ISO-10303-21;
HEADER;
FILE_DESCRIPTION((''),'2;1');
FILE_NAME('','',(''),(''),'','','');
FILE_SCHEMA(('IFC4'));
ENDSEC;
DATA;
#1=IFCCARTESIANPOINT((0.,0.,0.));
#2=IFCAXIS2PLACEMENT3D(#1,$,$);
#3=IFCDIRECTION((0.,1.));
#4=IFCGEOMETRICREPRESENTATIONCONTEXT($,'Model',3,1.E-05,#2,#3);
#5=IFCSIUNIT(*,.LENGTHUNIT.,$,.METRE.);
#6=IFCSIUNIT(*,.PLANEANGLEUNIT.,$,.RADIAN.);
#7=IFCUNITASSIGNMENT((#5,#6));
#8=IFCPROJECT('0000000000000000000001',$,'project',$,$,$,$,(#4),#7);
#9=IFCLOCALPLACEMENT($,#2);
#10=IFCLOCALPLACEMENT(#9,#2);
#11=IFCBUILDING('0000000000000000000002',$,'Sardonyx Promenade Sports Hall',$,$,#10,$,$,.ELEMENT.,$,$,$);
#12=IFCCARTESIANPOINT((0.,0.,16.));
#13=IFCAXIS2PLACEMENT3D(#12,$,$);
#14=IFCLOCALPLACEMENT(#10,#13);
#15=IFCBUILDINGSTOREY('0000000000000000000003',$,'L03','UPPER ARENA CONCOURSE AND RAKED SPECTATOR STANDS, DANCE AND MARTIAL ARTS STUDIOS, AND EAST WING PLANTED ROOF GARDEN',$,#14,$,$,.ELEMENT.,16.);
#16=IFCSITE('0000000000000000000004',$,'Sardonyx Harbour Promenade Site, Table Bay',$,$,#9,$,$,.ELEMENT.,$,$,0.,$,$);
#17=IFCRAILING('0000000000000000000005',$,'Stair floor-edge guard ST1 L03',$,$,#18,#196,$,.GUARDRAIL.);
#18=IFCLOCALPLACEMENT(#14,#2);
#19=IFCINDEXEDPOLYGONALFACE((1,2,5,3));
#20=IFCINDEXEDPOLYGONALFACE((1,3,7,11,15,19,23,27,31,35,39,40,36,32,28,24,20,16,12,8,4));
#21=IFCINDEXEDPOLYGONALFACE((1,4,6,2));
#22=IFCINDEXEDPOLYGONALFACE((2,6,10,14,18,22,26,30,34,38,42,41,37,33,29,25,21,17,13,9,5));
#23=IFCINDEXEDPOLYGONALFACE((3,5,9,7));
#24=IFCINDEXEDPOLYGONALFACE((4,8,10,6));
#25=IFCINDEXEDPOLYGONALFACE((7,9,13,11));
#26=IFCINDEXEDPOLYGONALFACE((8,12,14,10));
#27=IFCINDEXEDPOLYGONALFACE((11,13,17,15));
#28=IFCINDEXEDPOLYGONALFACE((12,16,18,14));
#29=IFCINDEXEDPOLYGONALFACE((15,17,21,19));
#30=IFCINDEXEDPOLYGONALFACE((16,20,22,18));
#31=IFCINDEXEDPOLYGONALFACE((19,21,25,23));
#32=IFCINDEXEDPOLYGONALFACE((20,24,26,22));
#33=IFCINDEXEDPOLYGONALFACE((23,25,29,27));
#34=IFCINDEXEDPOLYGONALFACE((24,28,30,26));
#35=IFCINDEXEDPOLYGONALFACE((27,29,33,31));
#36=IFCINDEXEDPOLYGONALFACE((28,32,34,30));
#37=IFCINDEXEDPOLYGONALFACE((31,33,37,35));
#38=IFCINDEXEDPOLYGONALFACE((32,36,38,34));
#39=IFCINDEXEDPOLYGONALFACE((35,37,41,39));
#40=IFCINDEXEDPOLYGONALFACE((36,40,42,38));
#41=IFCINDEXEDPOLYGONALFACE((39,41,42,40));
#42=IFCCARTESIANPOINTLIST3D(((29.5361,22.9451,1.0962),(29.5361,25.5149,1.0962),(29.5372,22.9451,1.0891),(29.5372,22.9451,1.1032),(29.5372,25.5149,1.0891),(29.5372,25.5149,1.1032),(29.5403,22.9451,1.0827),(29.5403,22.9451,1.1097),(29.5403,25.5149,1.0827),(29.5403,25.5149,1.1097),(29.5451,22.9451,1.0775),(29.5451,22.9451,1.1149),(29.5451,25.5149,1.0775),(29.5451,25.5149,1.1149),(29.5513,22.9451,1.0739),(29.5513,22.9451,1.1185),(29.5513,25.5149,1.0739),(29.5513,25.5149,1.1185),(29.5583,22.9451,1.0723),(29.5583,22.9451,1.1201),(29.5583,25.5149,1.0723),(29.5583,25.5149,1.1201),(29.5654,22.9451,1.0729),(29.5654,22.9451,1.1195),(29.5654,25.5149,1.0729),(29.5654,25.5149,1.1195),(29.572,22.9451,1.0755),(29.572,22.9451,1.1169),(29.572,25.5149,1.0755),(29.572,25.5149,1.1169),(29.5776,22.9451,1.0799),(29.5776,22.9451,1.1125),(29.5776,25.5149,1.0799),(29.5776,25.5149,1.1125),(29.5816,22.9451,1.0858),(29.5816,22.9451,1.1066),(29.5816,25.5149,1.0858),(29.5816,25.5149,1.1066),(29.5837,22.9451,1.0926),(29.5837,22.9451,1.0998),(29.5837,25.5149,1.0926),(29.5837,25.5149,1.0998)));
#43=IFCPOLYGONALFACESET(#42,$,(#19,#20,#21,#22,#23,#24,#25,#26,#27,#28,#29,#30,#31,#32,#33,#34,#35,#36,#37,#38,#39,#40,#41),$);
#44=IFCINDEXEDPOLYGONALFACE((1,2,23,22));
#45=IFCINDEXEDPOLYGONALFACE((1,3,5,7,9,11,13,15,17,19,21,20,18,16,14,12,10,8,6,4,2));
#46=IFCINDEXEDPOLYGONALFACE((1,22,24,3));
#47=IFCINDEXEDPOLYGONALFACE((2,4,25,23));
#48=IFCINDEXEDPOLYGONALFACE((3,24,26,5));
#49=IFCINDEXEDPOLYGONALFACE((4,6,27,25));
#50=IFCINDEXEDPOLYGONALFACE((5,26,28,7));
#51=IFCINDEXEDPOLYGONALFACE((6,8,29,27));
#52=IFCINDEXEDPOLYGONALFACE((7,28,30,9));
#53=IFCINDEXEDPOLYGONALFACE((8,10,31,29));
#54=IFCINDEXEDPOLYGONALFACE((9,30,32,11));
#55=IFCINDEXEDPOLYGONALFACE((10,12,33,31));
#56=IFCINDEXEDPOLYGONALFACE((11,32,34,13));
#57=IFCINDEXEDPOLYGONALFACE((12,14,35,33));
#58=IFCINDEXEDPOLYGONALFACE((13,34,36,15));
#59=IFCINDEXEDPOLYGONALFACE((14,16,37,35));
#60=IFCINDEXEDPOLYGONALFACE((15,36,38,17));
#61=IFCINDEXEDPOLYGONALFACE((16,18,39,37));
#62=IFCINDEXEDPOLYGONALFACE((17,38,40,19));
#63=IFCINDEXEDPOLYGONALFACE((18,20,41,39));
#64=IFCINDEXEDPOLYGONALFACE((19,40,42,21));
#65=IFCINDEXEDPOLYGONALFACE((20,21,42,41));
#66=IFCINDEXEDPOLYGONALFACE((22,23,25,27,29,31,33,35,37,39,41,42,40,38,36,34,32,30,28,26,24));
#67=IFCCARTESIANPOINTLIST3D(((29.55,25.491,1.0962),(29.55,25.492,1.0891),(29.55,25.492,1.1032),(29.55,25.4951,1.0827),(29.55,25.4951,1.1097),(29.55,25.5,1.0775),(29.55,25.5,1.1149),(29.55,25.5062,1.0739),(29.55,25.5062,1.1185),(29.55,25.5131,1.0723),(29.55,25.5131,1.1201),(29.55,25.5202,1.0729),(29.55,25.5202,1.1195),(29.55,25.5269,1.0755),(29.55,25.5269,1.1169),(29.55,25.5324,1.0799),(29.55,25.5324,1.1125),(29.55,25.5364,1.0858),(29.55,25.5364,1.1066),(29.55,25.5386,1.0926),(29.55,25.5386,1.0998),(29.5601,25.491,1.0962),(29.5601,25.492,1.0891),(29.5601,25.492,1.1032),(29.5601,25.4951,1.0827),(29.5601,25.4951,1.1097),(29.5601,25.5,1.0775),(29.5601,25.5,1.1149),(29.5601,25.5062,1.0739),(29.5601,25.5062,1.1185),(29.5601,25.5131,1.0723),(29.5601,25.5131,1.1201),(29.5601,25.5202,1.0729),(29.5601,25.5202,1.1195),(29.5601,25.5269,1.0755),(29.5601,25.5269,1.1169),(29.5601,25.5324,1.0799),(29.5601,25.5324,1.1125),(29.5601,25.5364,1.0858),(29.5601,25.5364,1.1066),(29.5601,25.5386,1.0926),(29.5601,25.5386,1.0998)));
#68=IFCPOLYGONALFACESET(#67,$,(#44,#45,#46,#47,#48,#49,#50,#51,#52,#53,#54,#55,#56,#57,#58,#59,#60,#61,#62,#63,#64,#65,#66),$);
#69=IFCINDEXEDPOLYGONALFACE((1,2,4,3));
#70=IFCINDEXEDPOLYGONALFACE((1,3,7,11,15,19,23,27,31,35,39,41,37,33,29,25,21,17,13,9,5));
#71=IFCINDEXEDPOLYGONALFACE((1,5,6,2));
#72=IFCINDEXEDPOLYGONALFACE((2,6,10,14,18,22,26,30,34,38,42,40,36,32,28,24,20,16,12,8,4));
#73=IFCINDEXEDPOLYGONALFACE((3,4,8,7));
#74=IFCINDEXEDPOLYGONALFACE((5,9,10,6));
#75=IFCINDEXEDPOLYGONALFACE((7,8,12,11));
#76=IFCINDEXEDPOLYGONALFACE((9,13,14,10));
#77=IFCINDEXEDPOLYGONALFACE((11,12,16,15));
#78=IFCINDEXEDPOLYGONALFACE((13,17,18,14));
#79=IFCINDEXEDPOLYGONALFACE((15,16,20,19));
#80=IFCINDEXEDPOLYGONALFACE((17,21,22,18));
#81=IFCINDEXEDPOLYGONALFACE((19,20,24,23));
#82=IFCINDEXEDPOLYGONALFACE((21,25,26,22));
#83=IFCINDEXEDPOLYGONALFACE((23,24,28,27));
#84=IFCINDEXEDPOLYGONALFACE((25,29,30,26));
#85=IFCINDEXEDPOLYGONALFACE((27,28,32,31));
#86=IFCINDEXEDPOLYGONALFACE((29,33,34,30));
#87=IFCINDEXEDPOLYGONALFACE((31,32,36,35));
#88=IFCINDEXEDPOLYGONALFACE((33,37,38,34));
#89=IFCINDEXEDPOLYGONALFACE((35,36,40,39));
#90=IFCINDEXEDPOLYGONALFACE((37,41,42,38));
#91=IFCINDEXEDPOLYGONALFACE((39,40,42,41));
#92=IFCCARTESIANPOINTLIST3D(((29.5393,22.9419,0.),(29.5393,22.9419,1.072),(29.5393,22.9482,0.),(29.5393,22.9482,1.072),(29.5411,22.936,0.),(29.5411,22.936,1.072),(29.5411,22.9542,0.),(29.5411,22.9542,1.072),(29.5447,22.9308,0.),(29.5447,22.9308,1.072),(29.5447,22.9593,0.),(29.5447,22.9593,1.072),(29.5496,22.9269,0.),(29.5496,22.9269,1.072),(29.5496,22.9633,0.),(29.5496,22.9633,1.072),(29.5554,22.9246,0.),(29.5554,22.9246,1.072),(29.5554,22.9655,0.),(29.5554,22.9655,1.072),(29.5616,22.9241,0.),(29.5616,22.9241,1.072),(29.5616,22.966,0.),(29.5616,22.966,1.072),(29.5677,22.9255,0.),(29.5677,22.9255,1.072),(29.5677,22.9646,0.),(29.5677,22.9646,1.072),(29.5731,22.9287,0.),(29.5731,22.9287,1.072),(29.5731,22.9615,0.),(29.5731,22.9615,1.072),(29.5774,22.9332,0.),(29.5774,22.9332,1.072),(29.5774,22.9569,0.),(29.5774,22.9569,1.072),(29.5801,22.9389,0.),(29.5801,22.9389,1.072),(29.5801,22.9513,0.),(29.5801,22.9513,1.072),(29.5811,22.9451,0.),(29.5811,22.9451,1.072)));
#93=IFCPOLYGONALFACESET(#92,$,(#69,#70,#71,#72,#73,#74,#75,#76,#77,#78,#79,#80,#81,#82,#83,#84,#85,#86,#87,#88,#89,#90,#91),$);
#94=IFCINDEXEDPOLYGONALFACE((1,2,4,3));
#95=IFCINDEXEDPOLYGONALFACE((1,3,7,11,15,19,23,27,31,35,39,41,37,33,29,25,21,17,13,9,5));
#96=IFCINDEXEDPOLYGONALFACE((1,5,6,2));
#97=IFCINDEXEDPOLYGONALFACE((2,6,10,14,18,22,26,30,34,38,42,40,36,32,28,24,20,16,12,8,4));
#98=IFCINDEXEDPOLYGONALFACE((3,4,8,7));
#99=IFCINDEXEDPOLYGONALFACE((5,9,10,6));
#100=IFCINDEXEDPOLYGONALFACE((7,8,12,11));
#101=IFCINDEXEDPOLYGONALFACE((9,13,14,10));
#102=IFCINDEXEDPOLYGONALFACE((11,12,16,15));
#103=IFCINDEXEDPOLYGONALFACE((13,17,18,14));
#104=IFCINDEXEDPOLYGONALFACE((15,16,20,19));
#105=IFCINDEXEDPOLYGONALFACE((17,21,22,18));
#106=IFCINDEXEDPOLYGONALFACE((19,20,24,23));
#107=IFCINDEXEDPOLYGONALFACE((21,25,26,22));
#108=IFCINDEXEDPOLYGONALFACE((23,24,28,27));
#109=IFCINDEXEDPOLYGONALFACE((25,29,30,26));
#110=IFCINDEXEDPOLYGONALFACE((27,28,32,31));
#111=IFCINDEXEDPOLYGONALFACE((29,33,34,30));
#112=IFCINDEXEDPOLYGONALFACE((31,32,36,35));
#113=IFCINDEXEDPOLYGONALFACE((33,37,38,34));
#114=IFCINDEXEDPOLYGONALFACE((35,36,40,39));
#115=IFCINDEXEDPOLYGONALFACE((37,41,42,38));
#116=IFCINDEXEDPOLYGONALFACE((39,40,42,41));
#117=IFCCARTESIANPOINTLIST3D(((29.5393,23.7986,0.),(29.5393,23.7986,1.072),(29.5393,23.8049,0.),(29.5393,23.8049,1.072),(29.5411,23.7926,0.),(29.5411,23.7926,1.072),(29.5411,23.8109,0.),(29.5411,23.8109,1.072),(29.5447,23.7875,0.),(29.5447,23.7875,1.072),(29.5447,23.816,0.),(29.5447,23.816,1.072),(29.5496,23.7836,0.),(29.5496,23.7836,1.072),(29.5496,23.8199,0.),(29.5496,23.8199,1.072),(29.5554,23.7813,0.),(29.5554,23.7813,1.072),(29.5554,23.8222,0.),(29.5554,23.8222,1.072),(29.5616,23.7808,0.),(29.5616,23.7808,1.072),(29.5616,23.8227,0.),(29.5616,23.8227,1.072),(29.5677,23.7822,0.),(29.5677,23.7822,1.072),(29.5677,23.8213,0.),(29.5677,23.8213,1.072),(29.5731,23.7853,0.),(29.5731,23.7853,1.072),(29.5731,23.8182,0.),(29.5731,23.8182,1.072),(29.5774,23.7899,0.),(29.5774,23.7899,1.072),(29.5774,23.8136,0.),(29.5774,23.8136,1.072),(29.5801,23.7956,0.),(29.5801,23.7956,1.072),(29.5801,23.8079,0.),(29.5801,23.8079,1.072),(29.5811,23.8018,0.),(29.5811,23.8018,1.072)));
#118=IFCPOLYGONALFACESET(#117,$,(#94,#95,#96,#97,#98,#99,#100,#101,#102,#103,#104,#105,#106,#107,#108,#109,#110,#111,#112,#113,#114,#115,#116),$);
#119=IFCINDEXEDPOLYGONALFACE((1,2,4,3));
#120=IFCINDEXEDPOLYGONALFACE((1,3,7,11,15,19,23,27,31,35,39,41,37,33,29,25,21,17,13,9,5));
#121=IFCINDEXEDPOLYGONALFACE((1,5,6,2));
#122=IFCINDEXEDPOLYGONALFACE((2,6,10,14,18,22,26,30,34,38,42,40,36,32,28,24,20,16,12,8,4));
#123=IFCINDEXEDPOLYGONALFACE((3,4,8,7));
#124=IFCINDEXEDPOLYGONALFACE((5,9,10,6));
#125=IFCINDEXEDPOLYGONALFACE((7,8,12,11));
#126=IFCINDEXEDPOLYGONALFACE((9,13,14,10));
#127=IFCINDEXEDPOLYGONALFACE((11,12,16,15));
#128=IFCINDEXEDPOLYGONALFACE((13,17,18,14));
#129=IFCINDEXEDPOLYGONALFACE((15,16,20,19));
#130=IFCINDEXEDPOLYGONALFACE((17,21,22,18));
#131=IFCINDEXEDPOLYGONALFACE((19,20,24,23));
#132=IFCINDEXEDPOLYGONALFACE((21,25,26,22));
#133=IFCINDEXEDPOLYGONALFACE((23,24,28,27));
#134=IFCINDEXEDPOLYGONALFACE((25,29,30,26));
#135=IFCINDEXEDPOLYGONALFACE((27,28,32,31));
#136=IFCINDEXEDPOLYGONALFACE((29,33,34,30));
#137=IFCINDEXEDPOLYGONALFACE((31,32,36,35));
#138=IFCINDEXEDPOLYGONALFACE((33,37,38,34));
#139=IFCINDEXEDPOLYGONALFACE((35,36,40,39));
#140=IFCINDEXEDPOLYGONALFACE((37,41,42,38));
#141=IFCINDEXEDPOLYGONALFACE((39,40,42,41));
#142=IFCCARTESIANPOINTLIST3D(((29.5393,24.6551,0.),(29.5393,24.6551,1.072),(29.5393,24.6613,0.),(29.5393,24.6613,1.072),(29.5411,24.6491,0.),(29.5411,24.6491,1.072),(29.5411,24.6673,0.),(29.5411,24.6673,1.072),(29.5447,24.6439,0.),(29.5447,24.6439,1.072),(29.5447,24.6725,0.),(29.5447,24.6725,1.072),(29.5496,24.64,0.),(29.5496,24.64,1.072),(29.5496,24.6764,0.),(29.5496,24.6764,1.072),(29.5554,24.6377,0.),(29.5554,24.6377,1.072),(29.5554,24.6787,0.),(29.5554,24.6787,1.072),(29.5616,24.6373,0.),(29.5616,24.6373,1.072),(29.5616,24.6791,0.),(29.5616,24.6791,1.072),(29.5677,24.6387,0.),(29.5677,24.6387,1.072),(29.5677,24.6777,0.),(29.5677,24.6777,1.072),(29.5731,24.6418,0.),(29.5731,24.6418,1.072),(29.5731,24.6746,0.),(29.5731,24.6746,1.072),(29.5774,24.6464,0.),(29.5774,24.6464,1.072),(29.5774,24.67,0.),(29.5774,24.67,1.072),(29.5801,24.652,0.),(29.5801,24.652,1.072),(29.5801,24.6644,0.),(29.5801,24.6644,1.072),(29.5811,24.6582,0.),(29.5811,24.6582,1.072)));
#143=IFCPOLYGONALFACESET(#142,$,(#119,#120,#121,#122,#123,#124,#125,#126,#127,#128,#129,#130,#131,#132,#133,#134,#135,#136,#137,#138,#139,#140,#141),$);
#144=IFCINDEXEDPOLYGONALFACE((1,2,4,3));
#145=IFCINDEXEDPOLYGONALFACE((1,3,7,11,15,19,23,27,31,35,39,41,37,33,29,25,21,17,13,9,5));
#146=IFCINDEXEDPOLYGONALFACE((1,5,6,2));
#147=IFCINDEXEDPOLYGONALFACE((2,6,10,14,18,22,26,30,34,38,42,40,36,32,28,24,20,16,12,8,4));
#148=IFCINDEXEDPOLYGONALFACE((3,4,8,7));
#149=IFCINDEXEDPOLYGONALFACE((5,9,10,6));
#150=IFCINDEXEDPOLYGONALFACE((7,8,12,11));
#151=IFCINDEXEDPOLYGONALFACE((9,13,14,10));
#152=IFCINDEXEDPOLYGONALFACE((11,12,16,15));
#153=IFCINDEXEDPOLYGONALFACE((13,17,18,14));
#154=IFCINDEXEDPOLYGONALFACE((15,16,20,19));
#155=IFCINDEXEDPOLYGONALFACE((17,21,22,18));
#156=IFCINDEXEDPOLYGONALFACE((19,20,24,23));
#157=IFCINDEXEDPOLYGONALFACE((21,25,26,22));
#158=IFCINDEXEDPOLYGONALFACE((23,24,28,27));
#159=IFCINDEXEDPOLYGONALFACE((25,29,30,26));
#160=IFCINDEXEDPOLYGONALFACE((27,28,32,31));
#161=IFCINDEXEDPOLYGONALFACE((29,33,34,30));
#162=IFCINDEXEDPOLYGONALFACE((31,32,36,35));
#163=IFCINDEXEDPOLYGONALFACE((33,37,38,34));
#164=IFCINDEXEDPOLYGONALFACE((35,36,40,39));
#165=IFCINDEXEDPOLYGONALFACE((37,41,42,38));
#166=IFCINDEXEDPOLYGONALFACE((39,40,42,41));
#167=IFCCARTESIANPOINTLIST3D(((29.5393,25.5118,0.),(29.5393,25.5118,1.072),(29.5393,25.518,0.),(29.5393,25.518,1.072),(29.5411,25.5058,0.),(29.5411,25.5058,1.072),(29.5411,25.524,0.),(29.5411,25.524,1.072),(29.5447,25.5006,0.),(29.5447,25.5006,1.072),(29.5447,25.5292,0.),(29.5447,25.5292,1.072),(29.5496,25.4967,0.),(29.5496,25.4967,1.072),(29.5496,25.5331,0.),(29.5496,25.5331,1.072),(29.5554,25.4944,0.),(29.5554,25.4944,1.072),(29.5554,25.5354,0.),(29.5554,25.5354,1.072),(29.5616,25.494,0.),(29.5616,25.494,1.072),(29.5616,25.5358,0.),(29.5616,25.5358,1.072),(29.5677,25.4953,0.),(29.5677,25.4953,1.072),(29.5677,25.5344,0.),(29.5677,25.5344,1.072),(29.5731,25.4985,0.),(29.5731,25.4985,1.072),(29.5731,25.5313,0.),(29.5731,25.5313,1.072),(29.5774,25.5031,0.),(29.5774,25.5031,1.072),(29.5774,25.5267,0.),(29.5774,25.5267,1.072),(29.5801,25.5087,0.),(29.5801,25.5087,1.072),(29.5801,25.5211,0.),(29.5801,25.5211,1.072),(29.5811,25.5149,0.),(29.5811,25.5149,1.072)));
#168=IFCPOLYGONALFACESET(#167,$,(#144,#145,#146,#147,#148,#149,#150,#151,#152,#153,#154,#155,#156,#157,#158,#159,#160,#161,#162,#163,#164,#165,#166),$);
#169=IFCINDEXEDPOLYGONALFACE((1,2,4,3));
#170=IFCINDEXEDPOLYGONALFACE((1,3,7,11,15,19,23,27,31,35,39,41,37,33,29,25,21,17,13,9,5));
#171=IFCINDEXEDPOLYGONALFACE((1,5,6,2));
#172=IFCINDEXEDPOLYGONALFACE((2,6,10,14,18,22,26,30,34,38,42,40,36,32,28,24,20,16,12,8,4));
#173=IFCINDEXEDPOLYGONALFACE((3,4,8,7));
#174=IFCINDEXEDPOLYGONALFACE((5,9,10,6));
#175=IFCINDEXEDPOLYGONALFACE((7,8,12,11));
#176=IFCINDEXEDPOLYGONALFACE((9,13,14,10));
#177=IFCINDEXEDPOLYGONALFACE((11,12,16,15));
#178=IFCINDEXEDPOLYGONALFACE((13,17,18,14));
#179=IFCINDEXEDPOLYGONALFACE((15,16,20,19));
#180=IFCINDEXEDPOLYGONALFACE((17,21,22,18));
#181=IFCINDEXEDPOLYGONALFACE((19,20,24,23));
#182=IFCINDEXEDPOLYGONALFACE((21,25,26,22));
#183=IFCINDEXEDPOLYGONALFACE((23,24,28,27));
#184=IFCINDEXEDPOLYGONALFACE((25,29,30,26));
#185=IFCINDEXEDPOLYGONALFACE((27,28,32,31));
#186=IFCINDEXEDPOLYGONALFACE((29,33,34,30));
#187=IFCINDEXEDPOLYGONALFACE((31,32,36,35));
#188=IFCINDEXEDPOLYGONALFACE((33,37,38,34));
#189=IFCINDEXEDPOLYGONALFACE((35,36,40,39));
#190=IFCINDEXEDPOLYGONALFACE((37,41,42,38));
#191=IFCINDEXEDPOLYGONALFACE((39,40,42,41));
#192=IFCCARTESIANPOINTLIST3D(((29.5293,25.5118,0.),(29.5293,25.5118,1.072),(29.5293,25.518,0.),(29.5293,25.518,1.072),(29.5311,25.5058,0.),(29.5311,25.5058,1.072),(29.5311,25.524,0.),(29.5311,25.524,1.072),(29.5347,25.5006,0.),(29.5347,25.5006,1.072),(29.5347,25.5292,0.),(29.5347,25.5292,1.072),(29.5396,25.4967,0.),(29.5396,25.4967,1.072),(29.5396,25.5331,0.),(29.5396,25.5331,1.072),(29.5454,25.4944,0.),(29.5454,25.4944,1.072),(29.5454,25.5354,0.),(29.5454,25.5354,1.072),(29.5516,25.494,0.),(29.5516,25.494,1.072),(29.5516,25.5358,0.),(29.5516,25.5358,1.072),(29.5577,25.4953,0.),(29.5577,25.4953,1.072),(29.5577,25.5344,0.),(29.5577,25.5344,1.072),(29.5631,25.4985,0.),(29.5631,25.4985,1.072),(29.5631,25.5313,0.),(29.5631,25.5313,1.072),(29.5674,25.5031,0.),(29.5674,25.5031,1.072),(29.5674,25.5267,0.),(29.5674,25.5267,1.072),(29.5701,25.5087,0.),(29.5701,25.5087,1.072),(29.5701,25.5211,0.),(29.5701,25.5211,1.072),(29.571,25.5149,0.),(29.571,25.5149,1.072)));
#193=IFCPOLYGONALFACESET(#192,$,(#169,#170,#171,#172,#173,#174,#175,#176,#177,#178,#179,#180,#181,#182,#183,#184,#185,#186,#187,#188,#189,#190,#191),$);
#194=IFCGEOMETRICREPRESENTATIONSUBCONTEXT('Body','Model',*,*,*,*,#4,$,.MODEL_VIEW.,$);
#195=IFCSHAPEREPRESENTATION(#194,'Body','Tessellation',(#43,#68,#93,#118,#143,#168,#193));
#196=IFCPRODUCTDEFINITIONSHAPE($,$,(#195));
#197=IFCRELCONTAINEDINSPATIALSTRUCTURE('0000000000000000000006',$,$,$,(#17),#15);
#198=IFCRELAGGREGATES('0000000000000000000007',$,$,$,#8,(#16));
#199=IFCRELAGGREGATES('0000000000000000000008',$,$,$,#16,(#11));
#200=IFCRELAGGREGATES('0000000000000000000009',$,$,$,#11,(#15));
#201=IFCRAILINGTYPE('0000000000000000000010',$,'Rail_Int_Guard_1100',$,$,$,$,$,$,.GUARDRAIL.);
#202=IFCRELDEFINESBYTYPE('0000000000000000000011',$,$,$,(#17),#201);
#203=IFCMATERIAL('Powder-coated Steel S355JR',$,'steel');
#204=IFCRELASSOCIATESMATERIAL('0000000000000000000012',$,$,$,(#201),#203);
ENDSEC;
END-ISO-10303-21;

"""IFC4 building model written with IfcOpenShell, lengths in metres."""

from ifc_helpers import new_model, si_unit, direction, frame, origin, origin_2d, place, context, subcontext, project, spatial, circle, extrude, material, type_object, element, save


model = new_model("IFC4")

# Units and contexts
model_context = context("Model", 3, precision=1e-05, world=origin(), true_north=direction((0.0, 1.0)))
body_context = subcontext(model_context, "Body", "Model", "MODEL_VIEW")
ifc_project = project(units=[si_unit("LENGTHUNIT", "METRE"), si_unit("PLANEANGLEUNIT", "RADIAN")], contexts=[model_context])

# Site, building, storey
site_placement = place(None, origin())
site = spatial("IfcSite", under=ifc_project, at=site_placement, Name="Sardonyx Harbour Promenade Site, Table Bay", CompositionType="ELEMENT", RefElevation=0.0)
building_placement = place(site_placement, origin())
building = spatial("IfcBuilding", under=site, at=building_placement, Name="Sardonyx Promenade Sports Hall", CompositionType="ELEMENT")
storey_placement = place(building_placement, frame((0.0, 0.0, 16.0)))
storey = spatial("IfcBuildingStorey", under=building, at=storey_placement, Name="L03", Description="UPPER ARENA CONCOURSE AND RAKED SPECTATOR STANDS, DANCE AND MARTIAL ARTS STUDIOS, AND EAST WING PLANTED ROOF GARDEN", CompositionType="ELEMENT", Elevation=16.0)

# Railing
ifc_material_1 = material(Name="Powder-coated Steel S355JR", Category="steel")
railing_type_1 = type_object("IfcRailingType", Name="Rail_Int_Guard_1100", PredefinedType="GUARDRAIL", material=ifc_material_1)
railing_1_placement = place(storey_placement, frame((29.5601, 22.9451, 0.0)))
element("IfcRailing", 1, at=railing_1_placement, inside=storey, type_object=railing_type_1, Name="Stair floor-edge guard ST1 L03", PredefinedType="GUARDRAIL", context=body_context, shape_type="SweptSolid", body=[
    extrude(circle(Radius=0.0239, at=origin_2d()), frame((0.0, 0.0, 1.0962), z_axis=(0.0, 1.0, 0.0), x_axis=(-1.0, 0.0, 0.0)), (0.0, 0.0, 1.0), 2.5698),
    extrude(circle(Radius=0.0239, at=origin_2d()), frame((0.0, 2.5698, 1.0962), z_axis=(-1.0, 0.0, 0.0), x_axis=(0.0, -1.0, 0.0)), (0.0, 0.0, 1.0), 0.01),
    extrude(circle(Radius=0.021, at=origin_2d()), origin(), (0.0, 0.0, 1.0), 1.072),
    extrude(circle(Radius=0.021, at=origin_2d()), frame((0.0, 0.8567, 0.0)), (0.0, 0.0, 1.0), 1.072),
    extrude(circle(Radius=0.021, at=origin_2d()), frame((0.0, 1.7131, 0.0)), (0.0, 0.0, 1.0), 1.072),
    extrude(circle(Radius=0.021, at=origin_2d()), frame((0.0, 2.5698, 0.0)), (0.0, 0.0, 1.0), 1.072),
    extrude(circle(Radius=0.021, at=origin_2d()), frame((-0.01, 2.5698, 0.0)), (0.0, 0.0, 1.0), 1.072),
])

save(model, "model.ifc")
